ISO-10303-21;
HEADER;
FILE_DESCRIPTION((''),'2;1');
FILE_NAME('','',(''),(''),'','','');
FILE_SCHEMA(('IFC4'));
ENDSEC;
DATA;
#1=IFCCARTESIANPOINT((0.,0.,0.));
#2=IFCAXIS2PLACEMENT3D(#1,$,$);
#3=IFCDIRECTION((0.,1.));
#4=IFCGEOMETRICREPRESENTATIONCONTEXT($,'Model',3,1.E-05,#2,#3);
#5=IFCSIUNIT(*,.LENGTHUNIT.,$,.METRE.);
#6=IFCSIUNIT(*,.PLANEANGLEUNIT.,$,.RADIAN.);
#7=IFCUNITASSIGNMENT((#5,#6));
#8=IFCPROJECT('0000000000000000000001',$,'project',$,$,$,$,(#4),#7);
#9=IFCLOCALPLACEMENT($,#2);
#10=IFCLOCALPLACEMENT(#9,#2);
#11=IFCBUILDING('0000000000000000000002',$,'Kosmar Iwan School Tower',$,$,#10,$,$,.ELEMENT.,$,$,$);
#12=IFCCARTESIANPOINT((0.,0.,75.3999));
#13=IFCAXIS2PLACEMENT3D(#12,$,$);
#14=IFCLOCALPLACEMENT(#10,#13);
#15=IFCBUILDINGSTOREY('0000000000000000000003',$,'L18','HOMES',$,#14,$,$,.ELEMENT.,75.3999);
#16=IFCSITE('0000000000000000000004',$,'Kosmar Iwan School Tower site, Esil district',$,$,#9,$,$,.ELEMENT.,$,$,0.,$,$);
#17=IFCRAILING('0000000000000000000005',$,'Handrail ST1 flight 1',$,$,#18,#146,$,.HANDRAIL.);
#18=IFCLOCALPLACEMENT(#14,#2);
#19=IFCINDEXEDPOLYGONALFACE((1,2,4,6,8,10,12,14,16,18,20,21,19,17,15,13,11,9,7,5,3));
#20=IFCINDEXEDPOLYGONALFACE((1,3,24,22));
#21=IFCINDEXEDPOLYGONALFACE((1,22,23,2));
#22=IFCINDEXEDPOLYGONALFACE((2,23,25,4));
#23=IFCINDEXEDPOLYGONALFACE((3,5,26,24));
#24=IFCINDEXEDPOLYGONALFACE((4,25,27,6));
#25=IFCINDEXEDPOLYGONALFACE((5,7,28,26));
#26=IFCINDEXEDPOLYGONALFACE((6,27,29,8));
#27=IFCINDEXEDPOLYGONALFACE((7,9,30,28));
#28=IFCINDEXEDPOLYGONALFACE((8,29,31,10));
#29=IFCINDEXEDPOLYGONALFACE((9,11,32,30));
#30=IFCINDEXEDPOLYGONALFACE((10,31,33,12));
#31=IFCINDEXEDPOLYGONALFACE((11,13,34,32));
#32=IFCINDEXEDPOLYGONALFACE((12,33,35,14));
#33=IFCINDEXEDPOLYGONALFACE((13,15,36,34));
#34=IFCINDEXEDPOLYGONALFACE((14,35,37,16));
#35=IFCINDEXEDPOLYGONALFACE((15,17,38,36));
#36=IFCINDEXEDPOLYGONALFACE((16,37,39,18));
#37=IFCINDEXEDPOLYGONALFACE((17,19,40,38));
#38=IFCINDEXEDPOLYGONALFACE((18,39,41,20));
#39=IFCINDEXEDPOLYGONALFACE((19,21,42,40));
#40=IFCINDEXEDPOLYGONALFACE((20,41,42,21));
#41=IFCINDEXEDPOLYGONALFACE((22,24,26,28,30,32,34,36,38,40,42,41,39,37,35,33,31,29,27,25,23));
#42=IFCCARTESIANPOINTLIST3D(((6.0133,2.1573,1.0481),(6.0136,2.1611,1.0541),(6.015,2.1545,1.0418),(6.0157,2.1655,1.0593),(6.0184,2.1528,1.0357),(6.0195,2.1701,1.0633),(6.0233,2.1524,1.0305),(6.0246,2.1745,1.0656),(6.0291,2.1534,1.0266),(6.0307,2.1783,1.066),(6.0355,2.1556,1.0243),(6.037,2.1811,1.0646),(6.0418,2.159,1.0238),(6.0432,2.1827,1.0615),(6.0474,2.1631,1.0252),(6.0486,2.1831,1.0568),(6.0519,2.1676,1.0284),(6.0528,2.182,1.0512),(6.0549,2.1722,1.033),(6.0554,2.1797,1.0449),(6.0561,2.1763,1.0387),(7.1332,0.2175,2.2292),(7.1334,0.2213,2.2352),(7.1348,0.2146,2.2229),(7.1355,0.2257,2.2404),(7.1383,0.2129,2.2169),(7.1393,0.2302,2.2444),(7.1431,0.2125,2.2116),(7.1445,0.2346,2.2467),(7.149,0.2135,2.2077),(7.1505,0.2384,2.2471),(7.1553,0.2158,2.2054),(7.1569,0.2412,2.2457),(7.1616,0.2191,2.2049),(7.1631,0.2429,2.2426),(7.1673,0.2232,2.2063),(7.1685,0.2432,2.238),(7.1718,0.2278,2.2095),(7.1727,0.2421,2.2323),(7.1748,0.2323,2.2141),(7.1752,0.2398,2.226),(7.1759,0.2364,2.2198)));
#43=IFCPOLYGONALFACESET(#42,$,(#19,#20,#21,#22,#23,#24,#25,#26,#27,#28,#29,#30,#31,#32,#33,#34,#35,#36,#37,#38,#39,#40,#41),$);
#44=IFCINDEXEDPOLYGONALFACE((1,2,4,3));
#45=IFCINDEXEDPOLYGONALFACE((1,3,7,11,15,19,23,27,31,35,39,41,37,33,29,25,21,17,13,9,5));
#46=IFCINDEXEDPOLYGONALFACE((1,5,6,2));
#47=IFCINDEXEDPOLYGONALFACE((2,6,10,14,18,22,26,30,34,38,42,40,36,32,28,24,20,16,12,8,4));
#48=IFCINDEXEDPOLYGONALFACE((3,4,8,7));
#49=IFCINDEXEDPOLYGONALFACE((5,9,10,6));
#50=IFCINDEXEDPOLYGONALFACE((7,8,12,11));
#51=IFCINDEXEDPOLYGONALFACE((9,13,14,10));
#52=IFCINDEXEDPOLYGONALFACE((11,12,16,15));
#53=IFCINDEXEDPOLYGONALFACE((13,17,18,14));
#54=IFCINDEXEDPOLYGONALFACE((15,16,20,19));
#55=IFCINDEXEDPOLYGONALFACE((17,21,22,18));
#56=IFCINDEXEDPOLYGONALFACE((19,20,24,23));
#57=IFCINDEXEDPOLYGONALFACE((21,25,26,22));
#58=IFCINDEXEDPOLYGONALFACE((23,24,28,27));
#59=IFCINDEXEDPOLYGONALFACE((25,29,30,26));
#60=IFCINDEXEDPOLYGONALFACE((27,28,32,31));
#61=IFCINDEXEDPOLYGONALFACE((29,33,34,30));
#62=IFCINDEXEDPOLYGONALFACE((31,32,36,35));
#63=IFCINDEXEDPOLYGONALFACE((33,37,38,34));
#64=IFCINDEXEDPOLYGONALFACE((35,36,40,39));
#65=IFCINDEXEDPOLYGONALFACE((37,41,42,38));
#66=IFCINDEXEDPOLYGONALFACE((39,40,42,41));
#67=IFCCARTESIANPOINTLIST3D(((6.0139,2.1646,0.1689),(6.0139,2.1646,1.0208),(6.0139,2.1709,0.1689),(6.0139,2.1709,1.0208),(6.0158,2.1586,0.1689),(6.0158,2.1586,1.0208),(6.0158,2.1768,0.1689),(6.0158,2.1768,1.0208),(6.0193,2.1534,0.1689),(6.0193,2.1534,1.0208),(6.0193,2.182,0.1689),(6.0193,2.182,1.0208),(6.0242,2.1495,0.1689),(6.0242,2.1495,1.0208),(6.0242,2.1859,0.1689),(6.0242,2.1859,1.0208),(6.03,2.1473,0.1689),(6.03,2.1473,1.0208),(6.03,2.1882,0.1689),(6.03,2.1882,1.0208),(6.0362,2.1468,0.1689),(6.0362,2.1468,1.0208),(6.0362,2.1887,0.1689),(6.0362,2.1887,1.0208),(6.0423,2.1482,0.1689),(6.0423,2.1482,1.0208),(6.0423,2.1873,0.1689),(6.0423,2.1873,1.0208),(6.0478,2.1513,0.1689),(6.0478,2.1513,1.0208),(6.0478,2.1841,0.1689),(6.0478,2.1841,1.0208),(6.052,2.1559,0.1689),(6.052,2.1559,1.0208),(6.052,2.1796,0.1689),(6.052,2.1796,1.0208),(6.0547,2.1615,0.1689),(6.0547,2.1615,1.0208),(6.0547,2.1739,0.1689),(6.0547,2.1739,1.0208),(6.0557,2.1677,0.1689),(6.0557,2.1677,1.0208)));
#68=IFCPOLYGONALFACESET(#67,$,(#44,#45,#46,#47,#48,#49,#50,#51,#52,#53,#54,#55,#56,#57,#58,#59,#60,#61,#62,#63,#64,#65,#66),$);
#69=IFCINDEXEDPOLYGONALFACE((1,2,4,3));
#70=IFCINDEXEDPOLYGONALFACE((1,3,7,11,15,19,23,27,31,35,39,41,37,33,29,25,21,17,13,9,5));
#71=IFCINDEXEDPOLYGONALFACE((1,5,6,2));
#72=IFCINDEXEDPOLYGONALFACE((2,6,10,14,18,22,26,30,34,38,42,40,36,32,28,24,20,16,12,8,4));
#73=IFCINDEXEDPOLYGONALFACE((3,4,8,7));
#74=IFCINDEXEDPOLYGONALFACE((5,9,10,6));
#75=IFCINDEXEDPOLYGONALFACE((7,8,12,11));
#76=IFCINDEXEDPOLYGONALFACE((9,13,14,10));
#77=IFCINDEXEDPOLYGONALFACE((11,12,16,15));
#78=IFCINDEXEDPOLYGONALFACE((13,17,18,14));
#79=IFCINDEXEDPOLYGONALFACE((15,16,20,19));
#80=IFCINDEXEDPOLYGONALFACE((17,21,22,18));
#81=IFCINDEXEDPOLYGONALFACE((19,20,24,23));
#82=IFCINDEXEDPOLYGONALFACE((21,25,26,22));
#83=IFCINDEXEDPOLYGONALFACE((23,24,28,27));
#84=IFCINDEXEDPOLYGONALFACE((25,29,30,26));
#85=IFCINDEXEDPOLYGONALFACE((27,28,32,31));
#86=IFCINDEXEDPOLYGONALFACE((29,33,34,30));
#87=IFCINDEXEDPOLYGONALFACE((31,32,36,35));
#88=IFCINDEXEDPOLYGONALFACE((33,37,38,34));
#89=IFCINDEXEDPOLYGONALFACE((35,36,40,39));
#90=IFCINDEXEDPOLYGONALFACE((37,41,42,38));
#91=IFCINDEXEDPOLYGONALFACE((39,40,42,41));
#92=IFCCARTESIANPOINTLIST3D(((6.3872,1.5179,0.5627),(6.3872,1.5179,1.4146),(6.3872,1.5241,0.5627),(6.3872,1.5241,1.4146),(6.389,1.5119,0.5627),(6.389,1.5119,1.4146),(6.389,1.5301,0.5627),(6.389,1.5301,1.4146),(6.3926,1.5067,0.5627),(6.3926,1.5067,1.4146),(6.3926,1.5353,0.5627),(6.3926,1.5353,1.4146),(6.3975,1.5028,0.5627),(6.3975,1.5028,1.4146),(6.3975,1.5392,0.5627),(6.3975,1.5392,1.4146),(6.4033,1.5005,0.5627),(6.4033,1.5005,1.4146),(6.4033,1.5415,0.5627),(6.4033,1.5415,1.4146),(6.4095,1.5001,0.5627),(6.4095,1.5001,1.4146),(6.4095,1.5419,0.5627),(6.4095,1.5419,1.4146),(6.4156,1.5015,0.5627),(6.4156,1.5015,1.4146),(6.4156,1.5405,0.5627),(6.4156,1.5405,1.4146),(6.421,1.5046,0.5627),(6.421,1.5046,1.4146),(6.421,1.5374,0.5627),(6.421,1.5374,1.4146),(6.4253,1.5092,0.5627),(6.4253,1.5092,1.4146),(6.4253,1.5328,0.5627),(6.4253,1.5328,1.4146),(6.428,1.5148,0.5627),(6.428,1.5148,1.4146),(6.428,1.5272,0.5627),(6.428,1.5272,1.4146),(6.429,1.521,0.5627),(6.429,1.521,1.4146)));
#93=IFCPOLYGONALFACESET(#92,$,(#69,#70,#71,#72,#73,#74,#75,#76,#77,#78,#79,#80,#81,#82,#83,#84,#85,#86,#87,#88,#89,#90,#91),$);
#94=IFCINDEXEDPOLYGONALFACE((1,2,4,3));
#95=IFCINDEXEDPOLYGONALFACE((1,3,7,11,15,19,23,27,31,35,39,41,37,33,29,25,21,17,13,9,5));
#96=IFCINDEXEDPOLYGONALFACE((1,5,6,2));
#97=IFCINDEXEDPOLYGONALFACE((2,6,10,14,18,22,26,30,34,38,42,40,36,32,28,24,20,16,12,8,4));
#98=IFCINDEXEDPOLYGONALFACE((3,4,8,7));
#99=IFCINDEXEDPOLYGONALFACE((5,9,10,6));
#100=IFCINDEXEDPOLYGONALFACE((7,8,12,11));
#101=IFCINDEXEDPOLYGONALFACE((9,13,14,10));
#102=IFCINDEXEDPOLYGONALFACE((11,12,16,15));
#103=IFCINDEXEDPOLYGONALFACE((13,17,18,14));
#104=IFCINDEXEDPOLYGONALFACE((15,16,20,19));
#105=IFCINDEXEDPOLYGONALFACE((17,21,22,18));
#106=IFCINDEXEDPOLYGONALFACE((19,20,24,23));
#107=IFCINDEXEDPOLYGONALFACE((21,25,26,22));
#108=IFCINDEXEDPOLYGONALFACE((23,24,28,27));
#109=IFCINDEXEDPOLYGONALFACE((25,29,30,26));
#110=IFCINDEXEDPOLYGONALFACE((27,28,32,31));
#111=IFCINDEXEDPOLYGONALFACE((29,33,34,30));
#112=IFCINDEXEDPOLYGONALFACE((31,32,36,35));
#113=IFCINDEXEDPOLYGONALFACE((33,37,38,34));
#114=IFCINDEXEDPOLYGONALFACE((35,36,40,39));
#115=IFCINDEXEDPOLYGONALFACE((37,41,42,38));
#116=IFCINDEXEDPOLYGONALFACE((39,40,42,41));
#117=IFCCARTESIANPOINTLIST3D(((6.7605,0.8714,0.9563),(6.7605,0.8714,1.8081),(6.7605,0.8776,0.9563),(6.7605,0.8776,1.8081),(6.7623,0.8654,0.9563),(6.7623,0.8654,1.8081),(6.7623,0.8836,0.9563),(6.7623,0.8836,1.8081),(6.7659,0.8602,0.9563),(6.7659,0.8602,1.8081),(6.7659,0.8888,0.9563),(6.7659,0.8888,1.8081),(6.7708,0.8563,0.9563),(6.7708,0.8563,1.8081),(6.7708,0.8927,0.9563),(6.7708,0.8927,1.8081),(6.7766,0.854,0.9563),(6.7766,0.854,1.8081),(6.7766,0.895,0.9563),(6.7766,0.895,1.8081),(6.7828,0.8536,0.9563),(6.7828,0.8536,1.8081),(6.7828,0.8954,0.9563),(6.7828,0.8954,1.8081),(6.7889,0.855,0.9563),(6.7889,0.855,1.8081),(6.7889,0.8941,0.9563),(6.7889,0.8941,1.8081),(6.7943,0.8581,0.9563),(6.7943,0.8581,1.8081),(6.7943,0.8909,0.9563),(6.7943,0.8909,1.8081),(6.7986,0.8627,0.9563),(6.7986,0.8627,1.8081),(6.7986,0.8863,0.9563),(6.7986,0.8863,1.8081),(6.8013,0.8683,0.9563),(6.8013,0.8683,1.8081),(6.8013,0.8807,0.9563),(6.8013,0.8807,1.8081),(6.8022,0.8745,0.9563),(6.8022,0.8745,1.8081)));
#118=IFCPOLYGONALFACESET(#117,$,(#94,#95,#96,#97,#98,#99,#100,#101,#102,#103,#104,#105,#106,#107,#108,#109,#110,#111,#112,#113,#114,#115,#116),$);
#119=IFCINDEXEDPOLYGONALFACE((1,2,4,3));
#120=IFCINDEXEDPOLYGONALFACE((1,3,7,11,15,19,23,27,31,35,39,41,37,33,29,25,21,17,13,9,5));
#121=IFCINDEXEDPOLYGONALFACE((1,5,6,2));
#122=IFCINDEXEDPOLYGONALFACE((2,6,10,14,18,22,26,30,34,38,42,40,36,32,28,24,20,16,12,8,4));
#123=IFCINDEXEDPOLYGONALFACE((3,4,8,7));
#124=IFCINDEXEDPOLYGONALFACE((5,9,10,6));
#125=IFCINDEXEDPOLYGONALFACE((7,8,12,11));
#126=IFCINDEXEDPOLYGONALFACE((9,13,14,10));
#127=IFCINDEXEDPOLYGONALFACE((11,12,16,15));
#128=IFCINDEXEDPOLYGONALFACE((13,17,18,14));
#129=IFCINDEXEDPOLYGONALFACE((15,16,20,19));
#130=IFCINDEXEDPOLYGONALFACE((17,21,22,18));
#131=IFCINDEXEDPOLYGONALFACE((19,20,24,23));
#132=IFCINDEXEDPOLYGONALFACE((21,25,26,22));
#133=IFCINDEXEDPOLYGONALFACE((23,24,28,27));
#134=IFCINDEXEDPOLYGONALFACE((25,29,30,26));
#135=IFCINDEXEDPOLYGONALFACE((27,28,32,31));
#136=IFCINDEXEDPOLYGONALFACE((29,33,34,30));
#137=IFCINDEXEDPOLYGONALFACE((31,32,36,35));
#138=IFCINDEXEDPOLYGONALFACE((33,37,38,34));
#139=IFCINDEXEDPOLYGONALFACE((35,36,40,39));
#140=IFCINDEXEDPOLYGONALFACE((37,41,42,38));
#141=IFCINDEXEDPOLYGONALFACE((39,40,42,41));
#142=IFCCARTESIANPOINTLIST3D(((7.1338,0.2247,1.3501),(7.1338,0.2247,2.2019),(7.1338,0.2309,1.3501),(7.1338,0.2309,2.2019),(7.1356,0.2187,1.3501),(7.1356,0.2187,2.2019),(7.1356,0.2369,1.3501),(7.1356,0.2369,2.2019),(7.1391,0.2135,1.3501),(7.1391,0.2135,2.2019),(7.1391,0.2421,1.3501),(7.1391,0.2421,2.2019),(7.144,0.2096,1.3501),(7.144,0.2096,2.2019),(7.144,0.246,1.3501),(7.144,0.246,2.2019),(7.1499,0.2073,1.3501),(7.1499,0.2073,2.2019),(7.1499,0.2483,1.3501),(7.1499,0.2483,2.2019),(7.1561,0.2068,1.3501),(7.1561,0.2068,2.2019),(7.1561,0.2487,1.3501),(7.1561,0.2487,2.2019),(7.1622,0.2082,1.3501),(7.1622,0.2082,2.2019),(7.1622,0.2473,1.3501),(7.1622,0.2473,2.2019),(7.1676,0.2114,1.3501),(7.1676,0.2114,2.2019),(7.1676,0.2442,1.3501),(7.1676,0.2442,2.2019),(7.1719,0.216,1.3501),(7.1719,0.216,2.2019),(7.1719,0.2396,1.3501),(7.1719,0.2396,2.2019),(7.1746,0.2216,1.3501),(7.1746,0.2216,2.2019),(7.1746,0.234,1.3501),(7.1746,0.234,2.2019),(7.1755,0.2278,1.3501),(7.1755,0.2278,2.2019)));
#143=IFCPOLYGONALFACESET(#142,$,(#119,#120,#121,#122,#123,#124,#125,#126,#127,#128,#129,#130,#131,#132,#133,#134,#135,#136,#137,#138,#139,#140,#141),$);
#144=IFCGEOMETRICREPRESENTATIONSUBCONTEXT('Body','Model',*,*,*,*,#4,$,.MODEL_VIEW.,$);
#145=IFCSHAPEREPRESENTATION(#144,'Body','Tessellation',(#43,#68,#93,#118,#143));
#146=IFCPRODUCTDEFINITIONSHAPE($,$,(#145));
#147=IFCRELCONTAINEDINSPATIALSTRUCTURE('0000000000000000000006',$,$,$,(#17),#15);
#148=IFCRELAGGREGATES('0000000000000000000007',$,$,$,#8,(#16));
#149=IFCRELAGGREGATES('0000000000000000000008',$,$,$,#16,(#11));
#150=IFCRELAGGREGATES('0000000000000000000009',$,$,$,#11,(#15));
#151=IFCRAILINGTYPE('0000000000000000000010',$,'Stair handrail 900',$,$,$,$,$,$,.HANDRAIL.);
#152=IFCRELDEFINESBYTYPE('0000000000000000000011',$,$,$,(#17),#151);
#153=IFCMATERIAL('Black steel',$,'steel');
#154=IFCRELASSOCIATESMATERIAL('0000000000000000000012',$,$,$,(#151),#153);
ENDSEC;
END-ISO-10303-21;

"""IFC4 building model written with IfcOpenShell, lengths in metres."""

from ifc_helpers import new_model, si_unit, direction, frame, origin, origin_2d, place, context, subcontext, project, spatial, circle, extrude, material, type_object, element, save


model = new_model("IFC4")

# Units and contexts
model_context = context("Model", 3, precision=1e-05, world=origin(), true_north=direction((0.0, 1.0)))
body_context = subcontext(model_context, "Body", "Model", "MODEL_VIEW")
ifc_project = project(units=[si_unit("LENGTHUNIT", "METRE"), si_unit("PLANEANGLEUNIT", "RADIAN")], contexts=[model_context])

# Site, building, storey
site_placement = place(None, origin())
site = spatial("IfcSite", under=ifc_project, at=site_placement, Name="Kosmar Iwan School Tower site, Esil district", CompositionType="ELEMENT", RefElevation=0.0)
building_placement = place(site_placement, origin())
building = spatial("IfcBuilding", under=site, at=building_placement, Name="Kosmar Iwan School Tower", CompositionType="ELEMENT")
storey_placement = place(building_placement, frame((0.0, 0.0, 75.3999)))
storey = spatial("IfcBuildingStorey", under=building, at=storey_placement, Name="L18", Description="HOMES", CompositionType="ELEMENT", Elevation=75.3999)

# Railing
ifc_material_1 = material(Name="Black steel", Category="steel")
railing_type = type_object("IfcRailingType", Name="Stair handrail 900", PredefinedType="HANDRAIL", material=ifc_material_1)
railing_1_placement = place(storey_placement, frame((6.0347, 2.1677, 0.1689)))
element("IfcRailing", 1, at=railing_1_placement, inside=storey, type_object=railing_type, Name="Handrail ST1 flight 1", PredefinedType="HANDRAIL", context=body_context, shape_type="SweptSolid", body=[
    extrude(circle(Radius=0.0239, at=origin_2d()), frame((0.0, 0.0, 0.876), z_axis=(0.442233, -0.766075, 0.466432), x_axis=(0.866055, 0.499949, 0.0)), (0.0, 0.0, 1.0), 2.5322),
    extrude(circle(Radius=0.021, at=origin_2d()), origin(), (0.0, 0.0, 1.0), 0.8518),
    extrude(circle(Radius=0.021, at=origin_2d()), frame((0.3733, -0.6467, 0.3938)), (0.0, 0.0, 1.0), 0.8518),
    extrude(circle(Radius=0.021, at=origin_2d()), frame((0.7466, -1.2932, 0.7874)), (0.0, 0.0, 1.0), 0.8518),
    extrude(circle(Radius=0.021, at=origin_2d()), frame((1.1199, -1.9399, 1.1812)), (0.0, 0.0, 1.0), 0.8518),
])

save(model, "model.ifc")
